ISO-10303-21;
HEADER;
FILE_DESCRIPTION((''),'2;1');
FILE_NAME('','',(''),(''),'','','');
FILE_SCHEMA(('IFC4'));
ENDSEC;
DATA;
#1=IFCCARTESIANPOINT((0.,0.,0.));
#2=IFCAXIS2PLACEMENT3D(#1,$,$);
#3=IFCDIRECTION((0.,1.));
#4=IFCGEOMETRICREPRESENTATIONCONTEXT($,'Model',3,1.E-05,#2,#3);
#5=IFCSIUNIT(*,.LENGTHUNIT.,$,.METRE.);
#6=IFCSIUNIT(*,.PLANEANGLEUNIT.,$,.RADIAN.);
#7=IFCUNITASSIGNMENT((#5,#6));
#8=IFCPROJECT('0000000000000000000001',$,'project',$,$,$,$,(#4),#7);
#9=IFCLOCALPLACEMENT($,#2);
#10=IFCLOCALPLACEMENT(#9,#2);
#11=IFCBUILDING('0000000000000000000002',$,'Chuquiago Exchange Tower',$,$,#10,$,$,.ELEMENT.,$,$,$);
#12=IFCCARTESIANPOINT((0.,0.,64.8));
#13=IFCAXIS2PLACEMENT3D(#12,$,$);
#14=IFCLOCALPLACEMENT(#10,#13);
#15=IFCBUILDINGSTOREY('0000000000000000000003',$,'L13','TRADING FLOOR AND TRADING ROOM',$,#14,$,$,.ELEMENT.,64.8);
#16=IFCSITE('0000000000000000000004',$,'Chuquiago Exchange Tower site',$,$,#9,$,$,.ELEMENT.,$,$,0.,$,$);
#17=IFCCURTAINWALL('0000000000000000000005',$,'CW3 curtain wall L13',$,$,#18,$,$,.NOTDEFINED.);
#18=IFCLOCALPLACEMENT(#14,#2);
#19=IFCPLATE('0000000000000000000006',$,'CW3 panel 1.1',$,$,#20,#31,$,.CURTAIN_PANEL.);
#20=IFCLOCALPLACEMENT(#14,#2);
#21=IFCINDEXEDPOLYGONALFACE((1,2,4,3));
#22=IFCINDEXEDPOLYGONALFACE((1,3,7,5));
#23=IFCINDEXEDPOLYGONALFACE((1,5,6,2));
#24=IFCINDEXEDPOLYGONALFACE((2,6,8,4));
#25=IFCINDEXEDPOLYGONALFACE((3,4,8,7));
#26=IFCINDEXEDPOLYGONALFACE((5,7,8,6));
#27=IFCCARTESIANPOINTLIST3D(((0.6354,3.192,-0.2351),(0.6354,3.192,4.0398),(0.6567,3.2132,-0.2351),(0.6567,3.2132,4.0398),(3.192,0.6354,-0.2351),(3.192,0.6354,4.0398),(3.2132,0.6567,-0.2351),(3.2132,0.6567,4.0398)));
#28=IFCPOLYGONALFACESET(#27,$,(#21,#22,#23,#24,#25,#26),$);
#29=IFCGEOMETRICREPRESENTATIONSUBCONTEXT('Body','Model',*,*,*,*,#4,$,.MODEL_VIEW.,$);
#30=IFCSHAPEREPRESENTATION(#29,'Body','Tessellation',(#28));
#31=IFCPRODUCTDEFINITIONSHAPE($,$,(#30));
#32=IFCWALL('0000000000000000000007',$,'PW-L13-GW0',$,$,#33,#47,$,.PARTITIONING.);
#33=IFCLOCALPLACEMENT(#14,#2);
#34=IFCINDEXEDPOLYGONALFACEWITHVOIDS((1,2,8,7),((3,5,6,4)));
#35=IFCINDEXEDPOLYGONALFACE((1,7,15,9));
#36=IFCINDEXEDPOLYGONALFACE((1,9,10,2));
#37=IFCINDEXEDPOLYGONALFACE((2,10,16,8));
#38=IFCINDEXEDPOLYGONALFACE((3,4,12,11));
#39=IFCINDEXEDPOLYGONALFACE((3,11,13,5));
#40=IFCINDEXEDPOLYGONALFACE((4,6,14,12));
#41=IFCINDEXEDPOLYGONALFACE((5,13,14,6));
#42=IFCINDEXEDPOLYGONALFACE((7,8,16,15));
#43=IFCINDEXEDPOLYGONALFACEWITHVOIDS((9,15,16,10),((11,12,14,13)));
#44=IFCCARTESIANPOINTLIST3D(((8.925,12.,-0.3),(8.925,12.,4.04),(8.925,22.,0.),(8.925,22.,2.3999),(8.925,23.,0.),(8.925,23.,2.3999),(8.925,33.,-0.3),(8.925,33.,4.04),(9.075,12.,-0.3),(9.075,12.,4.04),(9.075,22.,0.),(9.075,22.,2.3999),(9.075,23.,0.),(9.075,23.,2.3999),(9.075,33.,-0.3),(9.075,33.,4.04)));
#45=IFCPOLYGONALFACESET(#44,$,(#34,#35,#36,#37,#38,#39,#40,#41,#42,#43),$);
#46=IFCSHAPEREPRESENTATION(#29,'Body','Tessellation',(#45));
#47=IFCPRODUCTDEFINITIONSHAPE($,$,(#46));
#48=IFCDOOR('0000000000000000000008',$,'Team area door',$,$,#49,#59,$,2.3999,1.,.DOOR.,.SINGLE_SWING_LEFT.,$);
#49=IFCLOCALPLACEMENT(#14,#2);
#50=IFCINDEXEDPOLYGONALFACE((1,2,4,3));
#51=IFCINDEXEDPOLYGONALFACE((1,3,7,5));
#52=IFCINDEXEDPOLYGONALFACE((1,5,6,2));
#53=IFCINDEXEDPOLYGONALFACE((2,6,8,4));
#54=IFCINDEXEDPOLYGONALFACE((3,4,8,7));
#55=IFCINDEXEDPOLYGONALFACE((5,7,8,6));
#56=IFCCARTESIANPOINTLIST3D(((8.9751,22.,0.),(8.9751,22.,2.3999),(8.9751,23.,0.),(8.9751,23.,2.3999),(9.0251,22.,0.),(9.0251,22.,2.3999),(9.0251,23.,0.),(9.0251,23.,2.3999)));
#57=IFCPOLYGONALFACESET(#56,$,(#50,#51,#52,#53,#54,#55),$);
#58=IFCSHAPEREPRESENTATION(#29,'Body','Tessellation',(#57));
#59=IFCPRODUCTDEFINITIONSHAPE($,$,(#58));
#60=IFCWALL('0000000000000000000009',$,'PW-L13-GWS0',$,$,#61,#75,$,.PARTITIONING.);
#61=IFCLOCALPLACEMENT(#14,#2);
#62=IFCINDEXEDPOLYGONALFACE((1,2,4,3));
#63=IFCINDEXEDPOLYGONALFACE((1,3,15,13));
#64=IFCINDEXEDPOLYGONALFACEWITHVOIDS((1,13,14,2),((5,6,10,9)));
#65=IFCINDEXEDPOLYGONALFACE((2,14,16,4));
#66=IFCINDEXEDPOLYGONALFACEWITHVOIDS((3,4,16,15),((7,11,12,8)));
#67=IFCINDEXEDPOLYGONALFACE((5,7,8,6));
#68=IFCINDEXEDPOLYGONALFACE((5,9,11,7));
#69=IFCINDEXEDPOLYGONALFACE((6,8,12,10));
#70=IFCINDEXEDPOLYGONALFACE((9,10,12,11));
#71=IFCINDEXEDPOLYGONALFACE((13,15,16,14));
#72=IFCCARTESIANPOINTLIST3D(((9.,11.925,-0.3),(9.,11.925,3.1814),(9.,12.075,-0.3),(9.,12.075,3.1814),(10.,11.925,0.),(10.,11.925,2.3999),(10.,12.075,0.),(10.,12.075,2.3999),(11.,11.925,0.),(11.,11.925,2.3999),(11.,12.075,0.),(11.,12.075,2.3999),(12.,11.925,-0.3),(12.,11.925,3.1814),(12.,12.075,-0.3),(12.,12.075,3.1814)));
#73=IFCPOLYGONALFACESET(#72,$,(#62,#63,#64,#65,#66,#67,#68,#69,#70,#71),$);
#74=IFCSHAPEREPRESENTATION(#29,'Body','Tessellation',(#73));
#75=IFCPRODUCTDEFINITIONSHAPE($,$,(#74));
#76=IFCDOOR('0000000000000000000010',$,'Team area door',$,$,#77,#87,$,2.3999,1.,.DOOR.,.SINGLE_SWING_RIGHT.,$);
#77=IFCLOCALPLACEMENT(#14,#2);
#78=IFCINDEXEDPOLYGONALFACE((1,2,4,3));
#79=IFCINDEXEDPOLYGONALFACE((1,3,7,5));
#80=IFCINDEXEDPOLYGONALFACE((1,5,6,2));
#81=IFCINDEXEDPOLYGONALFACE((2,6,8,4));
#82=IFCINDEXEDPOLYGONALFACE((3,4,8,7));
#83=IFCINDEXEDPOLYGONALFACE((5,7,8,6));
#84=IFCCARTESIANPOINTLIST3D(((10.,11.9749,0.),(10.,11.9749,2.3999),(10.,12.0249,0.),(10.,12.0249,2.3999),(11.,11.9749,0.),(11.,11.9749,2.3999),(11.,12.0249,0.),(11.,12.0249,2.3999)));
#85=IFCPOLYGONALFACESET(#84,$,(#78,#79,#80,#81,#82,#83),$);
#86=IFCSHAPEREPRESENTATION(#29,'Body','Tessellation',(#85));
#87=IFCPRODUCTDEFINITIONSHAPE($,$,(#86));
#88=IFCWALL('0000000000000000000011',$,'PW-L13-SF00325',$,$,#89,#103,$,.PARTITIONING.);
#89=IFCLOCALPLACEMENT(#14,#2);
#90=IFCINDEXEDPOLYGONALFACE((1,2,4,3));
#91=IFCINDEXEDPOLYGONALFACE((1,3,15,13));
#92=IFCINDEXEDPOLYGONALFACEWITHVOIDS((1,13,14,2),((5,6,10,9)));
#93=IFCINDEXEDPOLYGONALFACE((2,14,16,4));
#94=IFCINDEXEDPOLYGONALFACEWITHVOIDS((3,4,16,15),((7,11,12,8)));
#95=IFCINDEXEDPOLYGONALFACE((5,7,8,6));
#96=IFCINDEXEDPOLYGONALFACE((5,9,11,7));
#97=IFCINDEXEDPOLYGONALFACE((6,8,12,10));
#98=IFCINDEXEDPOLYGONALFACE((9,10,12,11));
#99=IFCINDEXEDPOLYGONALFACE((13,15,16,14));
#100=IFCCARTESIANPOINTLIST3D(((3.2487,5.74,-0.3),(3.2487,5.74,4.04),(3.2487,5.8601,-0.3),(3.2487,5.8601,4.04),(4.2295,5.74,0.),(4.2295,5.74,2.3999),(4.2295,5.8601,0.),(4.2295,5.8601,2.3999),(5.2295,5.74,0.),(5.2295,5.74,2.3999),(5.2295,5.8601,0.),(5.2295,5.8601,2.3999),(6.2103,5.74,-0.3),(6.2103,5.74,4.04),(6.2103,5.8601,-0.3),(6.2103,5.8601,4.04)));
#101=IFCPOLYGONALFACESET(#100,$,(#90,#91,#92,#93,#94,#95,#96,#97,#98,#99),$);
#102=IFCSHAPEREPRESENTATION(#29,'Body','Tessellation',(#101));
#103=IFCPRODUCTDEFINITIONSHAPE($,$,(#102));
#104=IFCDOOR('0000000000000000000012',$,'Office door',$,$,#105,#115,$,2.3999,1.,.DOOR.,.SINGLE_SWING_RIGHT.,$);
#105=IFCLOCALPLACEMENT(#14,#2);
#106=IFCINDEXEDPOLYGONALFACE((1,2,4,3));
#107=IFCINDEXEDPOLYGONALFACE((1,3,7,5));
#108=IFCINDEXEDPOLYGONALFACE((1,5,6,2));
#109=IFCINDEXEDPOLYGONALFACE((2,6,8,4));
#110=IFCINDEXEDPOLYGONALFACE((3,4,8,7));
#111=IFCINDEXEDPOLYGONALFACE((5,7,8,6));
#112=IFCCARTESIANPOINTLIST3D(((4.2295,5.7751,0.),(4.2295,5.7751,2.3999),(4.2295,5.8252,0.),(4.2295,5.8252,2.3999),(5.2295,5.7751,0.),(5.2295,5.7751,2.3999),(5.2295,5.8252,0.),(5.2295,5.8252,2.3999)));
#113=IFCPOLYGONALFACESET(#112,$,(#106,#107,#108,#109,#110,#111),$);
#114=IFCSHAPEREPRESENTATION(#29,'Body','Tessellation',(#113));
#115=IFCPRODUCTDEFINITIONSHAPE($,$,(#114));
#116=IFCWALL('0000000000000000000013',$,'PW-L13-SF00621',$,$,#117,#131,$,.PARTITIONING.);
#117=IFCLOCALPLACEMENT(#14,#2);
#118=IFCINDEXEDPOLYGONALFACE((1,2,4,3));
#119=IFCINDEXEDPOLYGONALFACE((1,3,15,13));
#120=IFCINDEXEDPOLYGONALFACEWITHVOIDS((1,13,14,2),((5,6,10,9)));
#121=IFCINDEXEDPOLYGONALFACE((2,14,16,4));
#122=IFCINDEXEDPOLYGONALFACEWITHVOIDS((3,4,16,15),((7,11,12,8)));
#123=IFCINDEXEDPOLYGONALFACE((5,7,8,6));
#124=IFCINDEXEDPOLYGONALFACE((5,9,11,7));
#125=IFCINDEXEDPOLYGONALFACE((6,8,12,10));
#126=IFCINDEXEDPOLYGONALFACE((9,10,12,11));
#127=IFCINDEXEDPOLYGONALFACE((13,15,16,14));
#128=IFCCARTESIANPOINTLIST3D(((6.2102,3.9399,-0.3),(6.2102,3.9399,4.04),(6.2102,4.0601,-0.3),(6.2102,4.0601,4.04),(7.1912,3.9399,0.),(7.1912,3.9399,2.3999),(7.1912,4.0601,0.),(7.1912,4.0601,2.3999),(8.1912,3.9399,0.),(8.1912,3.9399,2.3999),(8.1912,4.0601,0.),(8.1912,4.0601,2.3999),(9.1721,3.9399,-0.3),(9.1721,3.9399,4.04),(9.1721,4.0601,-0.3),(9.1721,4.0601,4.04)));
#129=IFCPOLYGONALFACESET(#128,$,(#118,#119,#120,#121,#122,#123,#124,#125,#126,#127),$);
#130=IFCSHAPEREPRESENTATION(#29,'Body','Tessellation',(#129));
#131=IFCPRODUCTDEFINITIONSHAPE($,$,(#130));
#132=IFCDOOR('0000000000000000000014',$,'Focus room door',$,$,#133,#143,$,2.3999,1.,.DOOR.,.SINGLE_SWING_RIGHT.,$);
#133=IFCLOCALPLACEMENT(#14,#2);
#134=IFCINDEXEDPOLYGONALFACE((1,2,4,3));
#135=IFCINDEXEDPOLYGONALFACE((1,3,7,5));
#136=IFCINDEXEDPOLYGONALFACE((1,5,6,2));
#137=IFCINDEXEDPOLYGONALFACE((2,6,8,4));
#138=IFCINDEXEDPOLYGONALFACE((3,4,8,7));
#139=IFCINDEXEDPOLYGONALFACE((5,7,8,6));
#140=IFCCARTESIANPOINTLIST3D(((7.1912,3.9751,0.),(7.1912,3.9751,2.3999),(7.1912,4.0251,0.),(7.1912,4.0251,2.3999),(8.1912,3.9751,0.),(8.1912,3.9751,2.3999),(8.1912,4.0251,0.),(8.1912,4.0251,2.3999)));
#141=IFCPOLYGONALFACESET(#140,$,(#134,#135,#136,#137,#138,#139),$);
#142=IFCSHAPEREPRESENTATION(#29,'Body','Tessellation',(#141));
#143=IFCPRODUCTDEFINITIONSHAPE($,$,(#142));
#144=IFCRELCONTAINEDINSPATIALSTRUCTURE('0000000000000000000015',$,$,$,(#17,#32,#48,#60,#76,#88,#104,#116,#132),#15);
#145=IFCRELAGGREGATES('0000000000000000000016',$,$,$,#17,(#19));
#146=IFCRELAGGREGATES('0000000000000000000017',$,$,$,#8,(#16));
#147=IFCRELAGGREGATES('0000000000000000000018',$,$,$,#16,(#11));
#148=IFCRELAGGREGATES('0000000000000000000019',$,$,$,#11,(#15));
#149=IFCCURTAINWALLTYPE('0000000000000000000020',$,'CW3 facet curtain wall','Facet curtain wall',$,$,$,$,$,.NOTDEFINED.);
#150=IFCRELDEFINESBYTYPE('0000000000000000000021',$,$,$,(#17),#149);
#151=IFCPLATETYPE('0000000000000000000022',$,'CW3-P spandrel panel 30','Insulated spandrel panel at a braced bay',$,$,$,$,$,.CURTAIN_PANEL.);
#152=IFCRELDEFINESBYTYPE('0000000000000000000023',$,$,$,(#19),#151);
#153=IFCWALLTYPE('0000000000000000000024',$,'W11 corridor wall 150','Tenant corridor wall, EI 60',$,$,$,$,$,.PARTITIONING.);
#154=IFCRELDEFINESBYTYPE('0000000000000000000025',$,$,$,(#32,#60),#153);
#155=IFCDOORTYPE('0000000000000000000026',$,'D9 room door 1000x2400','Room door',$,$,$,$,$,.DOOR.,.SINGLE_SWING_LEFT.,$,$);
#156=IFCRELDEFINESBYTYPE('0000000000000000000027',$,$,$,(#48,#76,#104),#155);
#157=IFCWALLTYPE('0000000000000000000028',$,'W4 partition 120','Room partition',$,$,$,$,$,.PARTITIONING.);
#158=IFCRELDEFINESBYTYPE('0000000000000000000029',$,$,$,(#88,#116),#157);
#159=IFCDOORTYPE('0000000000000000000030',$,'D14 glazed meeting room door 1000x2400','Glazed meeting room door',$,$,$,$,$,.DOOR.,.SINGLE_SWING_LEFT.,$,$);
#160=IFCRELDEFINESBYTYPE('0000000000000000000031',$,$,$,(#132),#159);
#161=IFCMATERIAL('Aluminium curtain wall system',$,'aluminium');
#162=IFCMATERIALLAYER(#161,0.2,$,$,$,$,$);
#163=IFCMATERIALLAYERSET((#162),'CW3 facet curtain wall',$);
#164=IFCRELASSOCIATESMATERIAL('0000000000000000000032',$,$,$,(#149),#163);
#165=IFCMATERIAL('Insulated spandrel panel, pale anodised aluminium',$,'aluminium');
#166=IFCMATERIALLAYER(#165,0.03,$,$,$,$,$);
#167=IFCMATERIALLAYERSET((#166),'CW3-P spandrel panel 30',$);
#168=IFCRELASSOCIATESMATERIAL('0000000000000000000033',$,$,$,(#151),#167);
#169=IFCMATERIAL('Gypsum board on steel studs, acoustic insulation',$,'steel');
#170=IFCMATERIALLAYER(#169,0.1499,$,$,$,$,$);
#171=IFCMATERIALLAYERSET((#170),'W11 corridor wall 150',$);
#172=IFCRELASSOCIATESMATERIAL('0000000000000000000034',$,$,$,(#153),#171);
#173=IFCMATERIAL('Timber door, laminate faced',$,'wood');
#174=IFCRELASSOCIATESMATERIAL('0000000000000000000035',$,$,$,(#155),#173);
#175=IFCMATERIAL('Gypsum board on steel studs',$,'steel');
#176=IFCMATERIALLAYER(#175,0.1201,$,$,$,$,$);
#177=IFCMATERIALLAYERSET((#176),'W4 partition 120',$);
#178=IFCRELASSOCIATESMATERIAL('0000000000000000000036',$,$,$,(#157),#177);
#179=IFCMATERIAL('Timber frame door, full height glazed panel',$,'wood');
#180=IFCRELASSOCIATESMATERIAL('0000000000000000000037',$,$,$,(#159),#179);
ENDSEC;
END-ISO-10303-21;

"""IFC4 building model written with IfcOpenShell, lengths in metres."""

from ifc_helpers import new_model, si_unit, direction, frame, frame_2d, origin, origin_2d, place, context, subcontext, project, spatial, rectangle, extrude, material, layer, layer_set, type_object, element, fill, aggregate, save


model = new_model("IFC4")

# Units and contexts
model_context = context("Model", 3, precision=1e-05, world=origin(), true_north=direction((0.0, 1.0)))
body_context = subcontext(model_context, "Body", "Model", "MODEL_VIEW")
ifc_project = project(units=[si_unit("LENGTHUNIT", "METRE"), si_unit("PLANEANGLEUNIT", "RADIAN")], contexts=[model_context])

# Site, building, storey
site_placement = place(None, origin())
site = spatial("IfcSite", under=ifc_project, at=site_placement, Name="Chuquiago Exchange Tower site", CompositionType="ELEMENT", RefElevation=0.0)
building_placement = place(site_placement, origin())
building = spatial("IfcBuilding", under=site, at=building_placement, Name="Chuquiago Exchange Tower", CompositionType="ELEMENT")
storey_placement = place(building_placement, frame((0.0, 0.0, 64.8)))
storey = spatial("IfcBuildingStorey", under=building, at=storey_placement, Name="L13", Description="TRADING FLOOR AND TRADING ROOM", CompositionType="ELEMENT", Elevation=64.8)

# Curtain wall
ifc_material_1 = material(Name="Aluminium curtain wall system", Category="aluminium")
ifc_layer_1 = layer(ifc_material_1, 0.2)
ifc_layer_set_1 = layer_set([ifc_layer_1], Name="CW3 facet curtain wall")
curtain_wall_type_1 = type_object("IfcCurtainWallType", Name="CW3 facet curtain wall", Description="Facet curtain wall", PredefinedType="NOTDEFINED", material=ifc_layer_set_1)
curtain_wall_1_placement = place(storey_placement, origin())
curtain_wall_1 = element("IfcCurtainWall", 1, at=curtain_wall_1_placement, inside=storey, type_object=curtain_wall_type_1, Name="CW3 curtain wall L13", PredefinedType="NOTDEFINED")

# Plate
ifc_material_2 = material(Name="Insulated spandrel panel, pale anodised aluminium", Category="aluminium")
ifc_layer_2 = layer(ifc_material_2, 0.03)
ifc_layer_set_2 = layer_set([ifc_layer_2], Name="CW3-P spandrel panel 30")
plate_type_1 = type_object("IfcPlateType", Name="CW3-P spandrel panel 30", Description="Insulated spandrel panel at a braced bay", PredefinedType="CURTAIN_PANEL", material=ifc_layer_set_2)
plate_1_placement = place(storey_placement, frame((1.9243, 1.9243, -0.2351), z_axis=(0.0, 0.0, 1.0), x_axis=(0.707107, -0.707107, 0.0)))
plate_1 = element("IfcPlate", 2, at=plate_1_placement, type_object=plate_type_1, Name="CW3 panel 1.1", PredefinedType="CURTAIN_PANEL", context=body_context, shape_type="SweptSolid", body=[
    extrude(rectangle(XDim=3.6155, YDim=0.03, at=origin_2d()), origin(), (0.0, 0.0, 1.0), 4.2749),
])
aggregate(curtain_wall_1, [plate_1])

# Walls, openings, doors
ifc_material_3 = material(Name="Gypsum board on steel studs, acoustic insulation", Category="steel")
ifc_layer_3 = layer(ifc_material_3, 0.1499)
ifc_layer_set_3 = layer_set([ifc_layer_3], Name="W11 corridor wall 150")
wall_type_1 = type_object("IfcWallType", Name="W11 corridor wall 150", Description="Tenant corridor wall, EI 60", PredefinedType="PARTITIONING", material=ifc_layer_set_3)
wall_1_placement = place(storey_placement, frame((9.0, 12.0, -0.3), z_axis=(0.0, 0.0, 1.0), x_axis=(0.0, 1.0, 0.0)))
wall_1 = element("IfcWall", 3, at=wall_1_placement, inside=storey, type_object=wall_type_1, Name="PW-L13-GW0", PredefinedType="PARTITIONING", context=body_context, shape_type="SweptSolid", body=[
    extrude(rectangle(XDim=21.0, YDim=0.1499, at=frame_2d((10.5, 0.0))), origin(), (0.0, 0.0, 1.0), 4.3401),
])
opening_1_placement = place(wall_1_placement, frame((10.0, 0.0, 0.3)))
opening_1 = element("IfcOpeningElement", 4, at=opening_1_placement, cuts=wall_1, PredefinedType="OPENING", context=body_context, shape_type="SweptSolid", body=[
    extrude(rectangle(XDim=1.0, YDim=2.3999, at=frame_2d((0.5, 1.2))), frame((0.0, 0.085, 0.0), z_axis=(0.0, -1.0, 0.0), x_axis=(1.0, 0.0, 0.0)), (0.0, 0.0, 1.0), 0.1699),
])
ifc_material_4 = material(Name="Timber door, laminate faced", Category="wood")
door_type_1 = type_object("IfcDoorType", Name="D9 room door 1000x2400", Description="Room door", OperationType="SINGLE_SWING_LEFT", PredefinedType="DOOR", material=ifc_material_4)
door_1_placement = place(opening_1_placement, origin())
door_1 = element("IfcDoor", 5, at=door_1_placement, inside=storey, type_object=door_type_1, Name="Team area door", OperationType="SINGLE_SWING_LEFT", OverallHeight=2.3999, OverallWidth=1.0, PredefinedType="DOOR", context=body_context, shape_type="SweptSolid", body=[
    extrude(rectangle(XDim=1.0, YDim=2.3999, at=frame_2d((0.5, 1.2))), frame((0.0, 0.0249, 0.0), z_axis=(0.0, -1.0, 0.0), x_axis=(1.0, 0.0, 0.0)), (0.0, 0.0, 1.0), 0.05),
])
fill(opening_1, door_1)
wall_2_placement = place(storey_placement, frame((9.0, 12.0, -0.3), z_axis=(0.0, 0.0, 1.0), x_axis=(1.0, 0.0, 0.0)))
wall_2 = element("IfcWall", 6, at=wall_2_placement, inside=storey, type_object=wall_type_1, Name="PW-L13-GWS0", PredefinedType="PARTITIONING", context=body_context, shape_type="SweptSolid", body=[
    extrude(rectangle(XDim=3.0, YDim=0.1499, at=frame_2d((1.5, 0.0))), origin(), (0.0, 0.0, 1.0), 3.4814),
])
opening_2_placement = place(wall_2_placement, frame((1.0, 0.0, 0.3)))
opening_2 = element("IfcOpeningElement", 7, at=opening_2_placement, cuts=wall_2, PredefinedType="OPENING", context=body_context, shape_type="SweptSolid", body=[
    extrude(rectangle(XDim=1.0, YDim=2.3999, at=frame_2d((0.5, 1.2))), frame((0.0, 0.085, 0.0), z_axis=(0.0, -1.0, 0.0), x_axis=(1.0, 0.0, 0.0)), (0.0, 0.0, 1.0), 0.1699),
])
door_2_placement = place(opening_2_placement, origin())
door_2 = element("IfcDoor", 8, at=door_2_placement, inside=storey, type_object=door_type_1, Name="Team area door", OperationType="SINGLE_SWING_RIGHT", OverallHeight=2.3999, OverallWidth=1.0, PredefinedType="DOOR", context=body_context, shape_type="SweptSolid", body=[
    extrude(rectangle(XDim=1.0, YDim=2.3999, at=frame_2d((0.5, 1.2))), frame((0.0, 0.0249, 0.0), z_axis=(0.0, -1.0, 0.0), x_axis=(1.0, 0.0, 0.0)), (0.0, 0.0, 1.0), 0.05),
])
fill(opening_2, door_2)
ifc_material_5 = material(Name="Gypsum board on steel studs", Category="steel")
ifc_layer_4 = layer(ifc_material_5, 0.1201)
ifc_layer_set_4 = layer_set([ifc_layer_4], Name="W4 partition 120")
wall_type_2 = type_object("IfcWallType", Name="W4 partition 120", Description="Room partition", PredefinedType="PARTITIONING", material=ifc_layer_set_4)
wall_3_placement = place(storey_placement, frame((3.2485, 5.8, -0.3), z_axis=(0.0, 0.0, 1.0), x_axis=(1.0, 0.0, 0.0)))
wall_3 = element("IfcWall", 9, at=wall_3_placement, inside=storey, type_object=wall_type_2, Name="PW-L13-SF00325", PredefinedType="PARTITIONING", context=body_context, shape_type="SweptSolid", body=[
    extrude(rectangle(XDim=2.9617, YDim=0.1201, at=frame_2d((1.481, 0.0))), origin(), (0.0, 0.0, 1.0), 4.3401),
])
opening_3_placement = place(wall_3_placement, frame((0.981, 0.0, 0.3)))
opening_3 = element("IfcOpeningElement", 10, at=opening_3_placement, cuts=wall_3, PredefinedType="OPENING", context=body_context, shape_type="SweptSolid", body=[
    extrude(rectangle(XDim=1.0, YDim=2.3999, at=frame_2d((0.5, 1.2))), frame((0.0, 0.0701, 0.0), z_axis=(0.0, -1.0, 0.0), x_axis=(1.0, 0.0, 0.0)), (0.0, 0.0, 1.0), 0.1401),
])
door_3_placement = place(opening_3_placement, frame((1.0, 0.0, 0.0), z_axis=(0.0, 0.0, 1.0), x_axis=(-1.0, 0.0, 0.0)))
door_3 = element("IfcDoor", 11, at=door_3_placement, inside=storey, type_object=door_type_1, Name="Office door", OperationType="SINGLE_SWING_RIGHT", OverallHeight=2.3999, OverallWidth=1.0, PredefinedType="DOOR", context=body_context, shape_type="SweptSolid", body=[
    extrude(rectangle(XDim=1.0, YDim=2.3999, at=frame_2d((0.5, 1.2))), frame((0.0, 0.0249, 0.0), z_axis=(0.0, -1.0, 0.0), x_axis=(1.0, 0.0, 0.0)), (0.0, 0.0, 1.0), 0.05),
])
fill(opening_3, door_3)
wall_4_placement = place(storey_placement, frame((6.2102, 4.0, -0.3), z_axis=(0.0, 0.0, 1.0), x_axis=(1.0, 0.0, 0.0)))
wall_4 = element("IfcWall", 12, at=wall_4_placement, inside=storey, type_object=wall_type_2, Name="PW-L13-SF00621", PredefinedType="PARTITIONING", context=body_context, shape_type="SweptSolid", body=[
    extrude(rectangle(XDim=2.9619, YDim=0.1201, at=frame_2d((1.481, 0.0))), origin(), (0.0, 0.0, 1.0), 4.3401),
])
opening_4_placement = place(wall_4_placement, frame((0.981, 0.0, 0.3)))
opening_4 = element("IfcOpeningElement", 13, at=opening_4_placement, cuts=wall_4, PredefinedType="OPENING", context=body_context, shape_type="SweptSolid", body=[
    extrude(rectangle(XDim=1.0, YDim=2.3999, at=frame_2d((0.5, 1.2))), frame((0.0, 0.0701, 0.0), z_axis=(0.0, -1.0, 0.0), x_axis=(1.0, 0.0, 0.0)), (0.0, 0.0, 1.0), 0.1401),
])
ifc_material_6 = material(Name="Timber frame door, full height glazed panel", Category="wood")
door_type_2 = type_object("IfcDoorType", Name="D14 glazed meeting room door 1000x2400", Description="Glazed meeting room door", OperationType="SINGLE_SWING_LEFT", PredefinedType="DOOR", material=ifc_material_6)
door_4_placement = place(opening_4_placement, frame((1.0, 0.0, 0.0), z_axis=(0.0, 0.0, 1.0), x_axis=(-1.0, 0.0, 0.0)))
door_4 = element("IfcDoor", 14, at=door_4_placement, inside=storey, type_object=door_type_2, Name="Focus room door", OperationType="SINGLE_SWING_RIGHT", OverallHeight=2.3999, OverallWidth=1.0, PredefinedType="DOOR", context=body_context, shape_type="SweptSolid", body=[
    extrude(rectangle(XDim=1.0, YDim=2.3999, at=frame_2d((0.5, 1.2))), frame((0.0, 0.0249, 0.0), z_axis=(0.0, -1.0, 0.0), x_axis=(1.0, 0.0, 0.0)), (0.0, 0.0, 1.0), 0.05),
])
fill(opening_4, door_4)

save(model, "model.ifc")
